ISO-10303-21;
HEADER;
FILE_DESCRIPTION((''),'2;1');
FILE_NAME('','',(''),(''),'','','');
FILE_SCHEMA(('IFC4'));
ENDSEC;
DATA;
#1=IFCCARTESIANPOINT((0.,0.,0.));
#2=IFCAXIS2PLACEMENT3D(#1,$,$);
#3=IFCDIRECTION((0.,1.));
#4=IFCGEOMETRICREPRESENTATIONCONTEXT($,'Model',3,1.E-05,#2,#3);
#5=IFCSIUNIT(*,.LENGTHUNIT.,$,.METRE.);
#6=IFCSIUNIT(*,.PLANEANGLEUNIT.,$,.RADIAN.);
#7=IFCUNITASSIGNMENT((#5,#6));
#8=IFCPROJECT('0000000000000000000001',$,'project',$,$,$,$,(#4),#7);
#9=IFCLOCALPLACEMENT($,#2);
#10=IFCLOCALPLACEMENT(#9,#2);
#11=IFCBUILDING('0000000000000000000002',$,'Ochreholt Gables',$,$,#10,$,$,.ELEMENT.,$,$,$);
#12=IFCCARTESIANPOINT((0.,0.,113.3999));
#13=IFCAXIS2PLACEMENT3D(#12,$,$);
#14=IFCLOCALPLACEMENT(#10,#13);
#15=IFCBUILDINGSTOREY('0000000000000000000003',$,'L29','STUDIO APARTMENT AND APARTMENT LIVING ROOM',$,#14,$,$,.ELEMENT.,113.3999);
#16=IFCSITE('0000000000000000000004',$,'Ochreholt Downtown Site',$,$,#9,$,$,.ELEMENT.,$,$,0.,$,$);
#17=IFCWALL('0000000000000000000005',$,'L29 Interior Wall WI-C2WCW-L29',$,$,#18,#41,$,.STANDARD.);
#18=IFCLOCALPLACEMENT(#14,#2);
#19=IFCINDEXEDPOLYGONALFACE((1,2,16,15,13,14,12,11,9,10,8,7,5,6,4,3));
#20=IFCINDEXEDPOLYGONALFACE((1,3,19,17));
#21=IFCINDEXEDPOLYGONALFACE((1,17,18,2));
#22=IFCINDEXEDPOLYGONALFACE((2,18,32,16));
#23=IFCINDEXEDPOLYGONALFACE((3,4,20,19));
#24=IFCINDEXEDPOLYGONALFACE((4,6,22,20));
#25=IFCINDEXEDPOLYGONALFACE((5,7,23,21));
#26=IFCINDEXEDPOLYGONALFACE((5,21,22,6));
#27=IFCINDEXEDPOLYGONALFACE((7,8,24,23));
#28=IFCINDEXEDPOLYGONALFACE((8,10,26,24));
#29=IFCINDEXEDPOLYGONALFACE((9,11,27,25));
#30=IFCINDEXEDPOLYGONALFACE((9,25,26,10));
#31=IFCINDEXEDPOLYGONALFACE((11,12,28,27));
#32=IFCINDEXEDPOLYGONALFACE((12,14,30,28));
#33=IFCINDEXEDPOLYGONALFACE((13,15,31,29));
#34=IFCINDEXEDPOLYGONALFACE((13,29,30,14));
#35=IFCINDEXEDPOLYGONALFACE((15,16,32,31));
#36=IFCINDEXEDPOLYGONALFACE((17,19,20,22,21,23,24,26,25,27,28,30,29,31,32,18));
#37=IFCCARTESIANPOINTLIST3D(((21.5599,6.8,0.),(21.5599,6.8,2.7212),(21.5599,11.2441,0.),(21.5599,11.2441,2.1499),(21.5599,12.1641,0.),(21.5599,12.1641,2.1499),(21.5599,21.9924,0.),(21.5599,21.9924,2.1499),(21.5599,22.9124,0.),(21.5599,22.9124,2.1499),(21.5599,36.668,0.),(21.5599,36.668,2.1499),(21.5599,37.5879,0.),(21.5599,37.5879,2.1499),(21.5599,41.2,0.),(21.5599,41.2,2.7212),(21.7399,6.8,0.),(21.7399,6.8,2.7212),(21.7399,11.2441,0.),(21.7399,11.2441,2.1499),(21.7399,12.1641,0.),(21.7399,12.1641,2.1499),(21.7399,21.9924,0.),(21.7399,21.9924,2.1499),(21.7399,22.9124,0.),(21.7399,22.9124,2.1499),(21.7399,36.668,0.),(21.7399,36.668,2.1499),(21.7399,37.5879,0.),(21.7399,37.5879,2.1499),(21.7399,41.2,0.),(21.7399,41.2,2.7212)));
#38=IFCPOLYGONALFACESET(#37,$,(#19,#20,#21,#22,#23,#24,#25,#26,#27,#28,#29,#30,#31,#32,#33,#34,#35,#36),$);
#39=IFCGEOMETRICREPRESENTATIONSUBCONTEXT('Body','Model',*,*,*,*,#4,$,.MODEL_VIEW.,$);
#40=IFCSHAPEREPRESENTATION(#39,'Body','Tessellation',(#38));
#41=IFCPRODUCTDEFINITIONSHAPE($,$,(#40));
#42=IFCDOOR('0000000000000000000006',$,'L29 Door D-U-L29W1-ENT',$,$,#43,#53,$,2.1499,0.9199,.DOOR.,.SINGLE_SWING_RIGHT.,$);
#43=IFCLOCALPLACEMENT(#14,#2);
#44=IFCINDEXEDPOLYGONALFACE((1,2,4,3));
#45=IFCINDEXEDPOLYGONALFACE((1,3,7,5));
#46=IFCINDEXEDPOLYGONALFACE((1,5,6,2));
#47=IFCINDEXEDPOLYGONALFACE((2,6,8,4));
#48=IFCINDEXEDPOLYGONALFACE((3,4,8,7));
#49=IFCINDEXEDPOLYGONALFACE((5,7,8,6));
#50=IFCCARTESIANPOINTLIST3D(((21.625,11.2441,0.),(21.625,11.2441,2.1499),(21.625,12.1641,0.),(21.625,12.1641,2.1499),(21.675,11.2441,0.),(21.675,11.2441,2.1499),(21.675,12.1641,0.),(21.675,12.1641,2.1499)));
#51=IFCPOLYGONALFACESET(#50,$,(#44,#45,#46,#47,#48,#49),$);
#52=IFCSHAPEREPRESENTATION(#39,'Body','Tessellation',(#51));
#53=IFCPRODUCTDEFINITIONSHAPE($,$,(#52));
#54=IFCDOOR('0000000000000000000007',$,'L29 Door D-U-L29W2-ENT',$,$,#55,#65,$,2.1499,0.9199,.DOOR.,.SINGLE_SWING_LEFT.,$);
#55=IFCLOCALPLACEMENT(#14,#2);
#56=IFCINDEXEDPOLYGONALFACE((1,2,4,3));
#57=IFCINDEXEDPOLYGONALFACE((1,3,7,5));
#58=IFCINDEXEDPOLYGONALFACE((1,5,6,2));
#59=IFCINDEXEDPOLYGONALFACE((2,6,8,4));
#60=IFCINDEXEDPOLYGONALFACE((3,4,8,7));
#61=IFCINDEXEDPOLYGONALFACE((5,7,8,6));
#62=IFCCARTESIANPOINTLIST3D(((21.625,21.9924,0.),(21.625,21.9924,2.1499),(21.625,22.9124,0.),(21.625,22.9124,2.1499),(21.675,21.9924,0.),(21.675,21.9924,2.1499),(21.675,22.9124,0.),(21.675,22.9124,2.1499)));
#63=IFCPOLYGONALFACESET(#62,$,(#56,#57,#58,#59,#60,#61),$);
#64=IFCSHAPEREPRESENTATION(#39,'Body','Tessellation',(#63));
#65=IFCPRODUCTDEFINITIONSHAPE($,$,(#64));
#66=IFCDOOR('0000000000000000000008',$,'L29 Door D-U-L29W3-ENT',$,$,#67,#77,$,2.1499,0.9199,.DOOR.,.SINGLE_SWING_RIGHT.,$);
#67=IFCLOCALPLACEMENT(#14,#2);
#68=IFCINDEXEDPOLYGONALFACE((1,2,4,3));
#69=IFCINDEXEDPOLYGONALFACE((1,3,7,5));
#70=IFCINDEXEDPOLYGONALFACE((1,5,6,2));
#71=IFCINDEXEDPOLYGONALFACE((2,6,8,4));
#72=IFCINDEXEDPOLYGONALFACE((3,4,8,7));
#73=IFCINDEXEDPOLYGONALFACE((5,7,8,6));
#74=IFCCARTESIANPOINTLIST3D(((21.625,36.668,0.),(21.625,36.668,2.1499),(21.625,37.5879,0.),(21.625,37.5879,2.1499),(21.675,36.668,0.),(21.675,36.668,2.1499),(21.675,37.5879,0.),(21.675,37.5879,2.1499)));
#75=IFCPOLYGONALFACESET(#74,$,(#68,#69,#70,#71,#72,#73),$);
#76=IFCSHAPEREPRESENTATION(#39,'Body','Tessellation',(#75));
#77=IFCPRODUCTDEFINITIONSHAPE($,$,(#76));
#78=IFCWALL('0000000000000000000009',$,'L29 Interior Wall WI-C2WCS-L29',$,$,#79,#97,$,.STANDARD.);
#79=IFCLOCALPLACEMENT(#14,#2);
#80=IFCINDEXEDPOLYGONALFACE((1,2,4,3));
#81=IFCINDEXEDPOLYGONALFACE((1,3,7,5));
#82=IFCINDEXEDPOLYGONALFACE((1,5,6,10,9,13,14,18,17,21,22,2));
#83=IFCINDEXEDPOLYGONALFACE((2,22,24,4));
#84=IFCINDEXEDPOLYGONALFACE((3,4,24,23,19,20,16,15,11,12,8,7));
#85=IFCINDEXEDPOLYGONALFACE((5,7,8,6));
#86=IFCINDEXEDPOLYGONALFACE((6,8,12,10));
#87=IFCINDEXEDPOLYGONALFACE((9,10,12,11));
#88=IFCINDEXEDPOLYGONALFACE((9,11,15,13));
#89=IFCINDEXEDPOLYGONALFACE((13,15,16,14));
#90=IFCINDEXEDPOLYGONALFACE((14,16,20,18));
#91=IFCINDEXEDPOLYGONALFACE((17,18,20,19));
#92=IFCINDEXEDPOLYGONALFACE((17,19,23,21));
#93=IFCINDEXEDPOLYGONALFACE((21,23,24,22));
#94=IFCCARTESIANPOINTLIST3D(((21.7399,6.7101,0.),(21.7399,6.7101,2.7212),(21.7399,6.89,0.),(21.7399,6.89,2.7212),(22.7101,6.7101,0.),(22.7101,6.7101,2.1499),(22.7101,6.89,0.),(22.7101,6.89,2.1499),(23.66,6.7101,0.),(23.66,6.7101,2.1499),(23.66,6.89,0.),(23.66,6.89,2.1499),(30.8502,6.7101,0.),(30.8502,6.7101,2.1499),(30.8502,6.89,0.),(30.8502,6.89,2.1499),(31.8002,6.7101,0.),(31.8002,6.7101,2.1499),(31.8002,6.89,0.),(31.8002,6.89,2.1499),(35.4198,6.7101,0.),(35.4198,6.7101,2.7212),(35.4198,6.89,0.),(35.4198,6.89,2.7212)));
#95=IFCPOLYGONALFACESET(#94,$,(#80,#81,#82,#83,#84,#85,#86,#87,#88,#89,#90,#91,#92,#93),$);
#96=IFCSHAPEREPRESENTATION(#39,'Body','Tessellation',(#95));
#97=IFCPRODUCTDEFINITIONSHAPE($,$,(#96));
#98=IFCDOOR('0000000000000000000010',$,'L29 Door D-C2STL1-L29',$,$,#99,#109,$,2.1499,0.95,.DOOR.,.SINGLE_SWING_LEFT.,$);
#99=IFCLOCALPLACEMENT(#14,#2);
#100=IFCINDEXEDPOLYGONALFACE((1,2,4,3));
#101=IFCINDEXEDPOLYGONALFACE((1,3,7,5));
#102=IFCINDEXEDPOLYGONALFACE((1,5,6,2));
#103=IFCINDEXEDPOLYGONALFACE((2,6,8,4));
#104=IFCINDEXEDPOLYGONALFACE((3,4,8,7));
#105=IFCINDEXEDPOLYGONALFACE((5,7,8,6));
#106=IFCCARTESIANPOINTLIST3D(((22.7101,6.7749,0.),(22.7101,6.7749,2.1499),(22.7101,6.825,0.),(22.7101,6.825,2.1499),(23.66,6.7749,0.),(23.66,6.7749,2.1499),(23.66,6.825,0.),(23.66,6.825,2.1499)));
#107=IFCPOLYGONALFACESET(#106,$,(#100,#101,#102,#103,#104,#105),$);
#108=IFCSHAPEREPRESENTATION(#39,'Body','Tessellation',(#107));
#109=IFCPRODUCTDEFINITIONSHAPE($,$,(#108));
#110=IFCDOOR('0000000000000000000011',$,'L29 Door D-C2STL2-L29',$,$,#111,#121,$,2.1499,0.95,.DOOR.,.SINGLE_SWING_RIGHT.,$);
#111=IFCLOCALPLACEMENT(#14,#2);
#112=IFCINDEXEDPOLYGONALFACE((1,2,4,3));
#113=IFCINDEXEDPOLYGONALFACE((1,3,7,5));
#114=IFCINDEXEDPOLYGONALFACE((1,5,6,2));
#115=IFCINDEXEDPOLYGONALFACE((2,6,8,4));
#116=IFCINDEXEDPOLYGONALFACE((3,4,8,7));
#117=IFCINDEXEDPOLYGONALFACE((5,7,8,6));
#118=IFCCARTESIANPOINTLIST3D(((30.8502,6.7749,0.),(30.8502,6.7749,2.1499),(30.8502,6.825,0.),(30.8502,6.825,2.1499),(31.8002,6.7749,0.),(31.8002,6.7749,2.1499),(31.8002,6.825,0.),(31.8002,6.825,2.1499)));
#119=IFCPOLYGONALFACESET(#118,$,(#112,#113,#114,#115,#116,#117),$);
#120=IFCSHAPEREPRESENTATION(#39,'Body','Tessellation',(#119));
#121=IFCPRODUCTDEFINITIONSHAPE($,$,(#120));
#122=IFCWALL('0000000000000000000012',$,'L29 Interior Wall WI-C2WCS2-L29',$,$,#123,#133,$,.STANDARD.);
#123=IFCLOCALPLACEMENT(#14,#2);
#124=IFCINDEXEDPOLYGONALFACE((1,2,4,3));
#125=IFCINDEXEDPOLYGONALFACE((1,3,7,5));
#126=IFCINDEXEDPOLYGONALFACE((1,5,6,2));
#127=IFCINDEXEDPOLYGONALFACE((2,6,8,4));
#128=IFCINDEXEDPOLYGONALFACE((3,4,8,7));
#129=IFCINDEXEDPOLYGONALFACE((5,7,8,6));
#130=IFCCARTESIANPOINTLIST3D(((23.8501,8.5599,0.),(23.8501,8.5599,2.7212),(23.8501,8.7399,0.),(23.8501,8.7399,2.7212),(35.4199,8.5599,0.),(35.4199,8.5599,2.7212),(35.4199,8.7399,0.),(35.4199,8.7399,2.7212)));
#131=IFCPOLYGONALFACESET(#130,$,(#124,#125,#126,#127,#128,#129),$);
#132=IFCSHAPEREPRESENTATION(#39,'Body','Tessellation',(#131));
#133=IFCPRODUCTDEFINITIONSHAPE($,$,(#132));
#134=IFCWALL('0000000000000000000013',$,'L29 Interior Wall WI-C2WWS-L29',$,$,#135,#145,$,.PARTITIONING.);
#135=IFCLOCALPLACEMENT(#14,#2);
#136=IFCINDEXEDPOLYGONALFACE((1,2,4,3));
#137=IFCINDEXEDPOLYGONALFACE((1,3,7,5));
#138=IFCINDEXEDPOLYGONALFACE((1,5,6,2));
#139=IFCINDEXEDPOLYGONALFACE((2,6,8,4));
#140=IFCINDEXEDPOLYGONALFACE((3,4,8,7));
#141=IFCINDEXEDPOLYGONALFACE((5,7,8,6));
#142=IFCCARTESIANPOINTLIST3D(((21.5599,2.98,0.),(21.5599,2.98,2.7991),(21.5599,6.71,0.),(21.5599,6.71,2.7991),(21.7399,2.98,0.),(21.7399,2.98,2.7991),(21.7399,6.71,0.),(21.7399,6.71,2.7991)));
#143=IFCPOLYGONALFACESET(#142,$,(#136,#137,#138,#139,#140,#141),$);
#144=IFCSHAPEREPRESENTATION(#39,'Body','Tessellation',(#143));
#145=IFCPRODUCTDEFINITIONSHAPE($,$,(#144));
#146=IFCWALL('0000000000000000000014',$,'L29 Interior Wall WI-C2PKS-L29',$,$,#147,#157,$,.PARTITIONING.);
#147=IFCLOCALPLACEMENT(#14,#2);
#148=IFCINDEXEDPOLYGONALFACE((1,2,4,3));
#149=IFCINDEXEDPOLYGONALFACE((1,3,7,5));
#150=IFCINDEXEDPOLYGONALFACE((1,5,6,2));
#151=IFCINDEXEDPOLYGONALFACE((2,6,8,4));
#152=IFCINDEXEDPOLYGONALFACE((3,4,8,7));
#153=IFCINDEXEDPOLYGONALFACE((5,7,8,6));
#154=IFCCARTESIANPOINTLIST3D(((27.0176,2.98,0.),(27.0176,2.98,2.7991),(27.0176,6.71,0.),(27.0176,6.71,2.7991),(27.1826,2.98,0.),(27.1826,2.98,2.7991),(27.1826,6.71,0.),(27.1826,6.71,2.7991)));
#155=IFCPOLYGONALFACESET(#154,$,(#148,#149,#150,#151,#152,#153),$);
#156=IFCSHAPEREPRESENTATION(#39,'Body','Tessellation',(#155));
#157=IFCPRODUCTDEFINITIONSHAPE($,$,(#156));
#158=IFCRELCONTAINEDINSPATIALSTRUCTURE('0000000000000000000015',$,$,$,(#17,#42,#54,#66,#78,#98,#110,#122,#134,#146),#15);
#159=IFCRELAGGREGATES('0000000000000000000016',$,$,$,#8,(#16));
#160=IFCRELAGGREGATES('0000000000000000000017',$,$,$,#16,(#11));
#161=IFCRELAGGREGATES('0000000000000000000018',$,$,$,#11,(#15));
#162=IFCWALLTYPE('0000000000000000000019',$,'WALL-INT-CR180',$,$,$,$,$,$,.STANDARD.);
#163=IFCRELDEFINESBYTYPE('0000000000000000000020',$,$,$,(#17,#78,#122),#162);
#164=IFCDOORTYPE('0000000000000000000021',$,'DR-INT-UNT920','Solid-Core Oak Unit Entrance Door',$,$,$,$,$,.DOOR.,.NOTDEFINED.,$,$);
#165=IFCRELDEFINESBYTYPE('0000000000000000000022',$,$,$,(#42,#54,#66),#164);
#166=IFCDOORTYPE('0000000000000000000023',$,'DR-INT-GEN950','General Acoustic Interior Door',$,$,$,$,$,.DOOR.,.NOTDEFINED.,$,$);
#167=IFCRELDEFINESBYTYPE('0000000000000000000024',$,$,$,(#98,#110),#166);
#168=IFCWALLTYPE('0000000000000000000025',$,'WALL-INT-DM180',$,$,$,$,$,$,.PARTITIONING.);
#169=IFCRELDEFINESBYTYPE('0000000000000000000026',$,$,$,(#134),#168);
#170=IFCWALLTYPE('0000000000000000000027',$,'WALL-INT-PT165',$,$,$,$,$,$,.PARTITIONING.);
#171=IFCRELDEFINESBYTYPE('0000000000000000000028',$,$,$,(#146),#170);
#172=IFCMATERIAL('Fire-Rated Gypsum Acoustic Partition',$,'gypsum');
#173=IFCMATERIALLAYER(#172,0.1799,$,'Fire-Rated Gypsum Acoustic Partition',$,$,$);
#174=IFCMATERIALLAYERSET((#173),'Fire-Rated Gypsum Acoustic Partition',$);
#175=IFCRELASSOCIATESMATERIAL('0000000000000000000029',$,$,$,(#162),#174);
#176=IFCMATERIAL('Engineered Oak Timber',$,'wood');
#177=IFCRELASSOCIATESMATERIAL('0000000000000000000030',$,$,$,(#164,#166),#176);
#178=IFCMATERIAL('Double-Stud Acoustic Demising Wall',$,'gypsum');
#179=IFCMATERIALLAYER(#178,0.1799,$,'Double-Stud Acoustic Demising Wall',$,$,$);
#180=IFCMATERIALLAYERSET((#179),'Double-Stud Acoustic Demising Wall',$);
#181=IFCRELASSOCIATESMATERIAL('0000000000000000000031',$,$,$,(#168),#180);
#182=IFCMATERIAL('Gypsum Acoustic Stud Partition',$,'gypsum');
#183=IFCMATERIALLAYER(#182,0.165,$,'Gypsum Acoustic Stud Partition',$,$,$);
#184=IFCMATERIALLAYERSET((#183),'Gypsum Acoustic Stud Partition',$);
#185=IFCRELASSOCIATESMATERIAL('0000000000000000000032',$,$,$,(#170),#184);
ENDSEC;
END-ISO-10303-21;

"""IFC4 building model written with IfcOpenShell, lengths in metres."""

from ifc_helpers import new_model, si_unit, direction, frame, frame_2d, origin, place, context, subcontext, project, spatial, rectangle, extrude, material, layer, layer_set, type_object, element, fill, save


model = new_model("IFC4")

# Units and contexts
model_context = context("Model", 3, precision=1e-05, world=origin(), true_north=direction((0.0, 1.0)))
body_context = subcontext(model_context, "Body", "Model", "MODEL_VIEW")
ifc_project = project(units=[si_unit("LENGTHUNIT", "METRE"), si_unit("PLANEANGLEUNIT", "RADIAN")], contexts=[model_context])

# Site, building, storey
site_placement = place(None, origin())
site = spatial("IfcSite", under=ifc_project, at=site_placement, Name="Ochreholt Downtown Site", CompositionType="ELEMENT", RefElevation=0.0)
building_placement = place(site_placement, origin())
building = spatial("IfcBuilding", under=site, at=building_placement, Name="Ochreholt Gables", CompositionType="ELEMENT")
storey_placement = place(building_placement, frame((0.0, 0.0, 113.3999)))
storey = spatial("IfcBuildingStorey", under=building, at=storey_placement, Name="L29", Description="STUDIO APARTMENT AND APARTMENT LIVING ROOM", CompositionType="ELEMENT", Elevation=113.3999)

# Walls, openings, doors
ifc_material_1 = material(Name="Fire-Rated Gypsum Acoustic Partition", Category="gypsum")
ifc_layer_1 = layer(ifc_material_1, 0.1799, Name="Fire-Rated Gypsum Acoustic Partition")
ifc_layer_set_1 = layer_set([ifc_layer_1], Name="Fire-Rated Gypsum Acoustic Partition")
wall_type_1 = type_object("IfcWallType", Name="WALL-INT-CR180", PredefinedType="STANDARD", material=ifc_layer_set_1)
wall_1_placement = place(storey_placement, frame((21.6499, 6.8, 0.0), z_axis=(0.0, 0.0, 1.0), x_axis=(0.0, 1.0, 0.0)))
wall_1 = element("IfcWall", 1, at=wall_1_placement, inside=storey, type_object=wall_type_1, Name="L29 Interior Wall WI-C2WCW-L29", PredefinedType="STANDARD", context=body_context, shape_type="SweptSolid", body=[
    extrude(rectangle(XDim=34.3999, YDim=0.1799, at=frame_2d((17.2, 0.0))), origin(), (0.0, 0.0, 1.0), 2.7212),
])
opening_1_placement = place(wall_1_placement, frame((4.4441, 0.0, 0.0)))
opening_1 = element("IfcOpeningElement", 2, at=opening_1_placement, cuts=wall_1, PredefinedType="OPENING", context=body_context, shape_type="SweptSolid", body=[
    extrude(rectangle(XDim=0.9199, YDim=2.1499, at=frame_2d((0.46, 1.075))), frame((0.0, 0.0999, 0.0), z_axis=(0.0, -1.0, 0.0), x_axis=(1.0, 0.0, 0.0)), (0.0, 0.0, 1.0), 0.2),
])
opening_2_placement = place(wall_1_placement, frame((15.1924, 0.0, 0.0)))
opening_2 = element("IfcOpeningElement", 3, at=opening_2_placement, cuts=wall_1, PredefinedType="OPENING", context=body_context, shape_type="SweptSolid", body=[
    extrude(rectangle(XDim=0.9199, YDim=2.1499, at=frame_2d((0.46, 1.075))), frame((0.0, 0.0999, 0.0), z_axis=(0.0, -1.0, 0.0), x_axis=(1.0, 0.0, 0.0)), (0.0, 0.0, 1.0), 0.2),
])
opening_3_placement = place(wall_1_placement, frame((29.8679, 0.0, 0.0)))
opening_3 = element("IfcOpeningElement", 4, at=opening_3_placement, cuts=wall_1, PredefinedType="OPENING", context=body_context, shape_type="SweptSolid", body=[
    extrude(rectangle(XDim=0.9199, YDim=2.1499, at=frame_2d((0.46, 1.075))), frame((0.0, 0.0999, 0.0), z_axis=(0.0, -1.0, 0.0), x_axis=(1.0, 0.0, 0.0)), (0.0, 0.0, 1.0), 0.2),
])
ifc_material_2 = material(Name="Engineered Oak Timber", Category="wood")
door_type_1 = type_object("IfcDoorType", Name="DR-INT-UNT920", Description="Solid-Core Oak Unit Entrance Door", OperationType="NOTDEFINED", PredefinedType="DOOR", material=ifc_material_2)
door_1_placement = place(opening_1_placement, origin())
door_1 = element("IfcDoor", 5, at=door_1_placement, inside=storey, type_object=door_type_1, Name="L29 Door D-U-L29W1-ENT", OperationType="SINGLE_SWING_RIGHT", OverallHeight=2.1499, OverallWidth=0.9199, PredefinedType="DOOR", context=body_context, shape_type="SweptSolid", body=[
    extrude(rectangle(XDim=0.9199, YDim=2.1499, at=frame_2d((0.46, 1.075))), frame((0.0, 0.0249, 0.0), z_axis=(0.0, -1.0, 0.0), x_axis=(1.0, 0.0, 0.0)), (0.0, 0.0, 1.0), 0.05),
])
fill(opening_1, door_1)
door_2_placement = place(opening_2_placement, origin())
door_2 = element("IfcDoor", 6, at=door_2_placement, inside=storey, type_object=door_type_1, Name="L29 Door D-U-L29W2-ENT", OperationType="SINGLE_SWING_LEFT", OverallHeight=2.1499, OverallWidth=0.9199, PredefinedType="DOOR", context=body_context, shape_type="SweptSolid", body=[
    extrude(rectangle(XDim=0.9199, YDim=2.1499, at=frame_2d((0.46, 1.075))), frame((0.0, 0.0249, 0.0), z_axis=(0.0, -1.0, 0.0), x_axis=(1.0, 0.0, 0.0)), (0.0, 0.0, 1.0), 0.05),
])
fill(opening_2, door_2)
door_3_placement = place(opening_3_placement, origin())
door_3 = element("IfcDoor", 7, at=door_3_placement, inside=storey, type_object=door_type_1, Name="L29 Door D-U-L29W3-ENT", OperationType="SINGLE_SWING_RIGHT", OverallHeight=2.1499, OverallWidth=0.9199, PredefinedType="DOOR", context=body_context, shape_type="SweptSolid", body=[
    extrude(rectangle(XDim=0.9199, YDim=2.1499, at=frame_2d((0.46, 1.075))), frame((0.0, 0.0249, 0.0), z_axis=(0.0, -1.0, 0.0), x_axis=(1.0, 0.0, 0.0)), (0.0, 0.0, 1.0), 0.05),
])
fill(opening_3, door_3)
wall_2_placement = place(storey_placement, frame((21.74, 6.8, 0.0), z_axis=(0.0, 0.0, 1.0), x_axis=(1.0, 0.0, 0.0)))
wall_2 = element("IfcWall", 8, at=wall_2_placement, inside=storey, type_object=wall_type_1, Name="L29 Interior Wall WI-C2WCS-L29", PredefinedType="STANDARD", context=body_context, shape_type="SweptSolid", body=[
    extrude(rectangle(XDim=13.6799, YDim=0.1799, at=frame_2d((6.8398, 0.0))), origin(), (0.0, 0.0, 1.0), 2.7212),
])
opening_4_placement = place(wall_2_placement, frame((0.97, 0.0, 0.0)))
opening_4 = element("IfcOpeningElement", 9, at=opening_4_placement, cuts=wall_2, PredefinedType="OPENING", context=body_context, shape_type="SweptSolid", body=[
    extrude(rectangle(XDim=0.95, YDim=2.1499, at=frame_2d((0.4751, 1.075))), frame((0.0, 0.0999, 0.0), z_axis=(0.0, -1.0, 0.0), x_axis=(1.0, 0.0, 0.0)), (0.0, 0.0, 1.0), 0.2),
])
opening_5_placement = place(wall_2_placement, frame((9.1101, 0.0, 0.0)))
opening_5 = element("IfcOpeningElement", 10, at=opening_5_placement, cuts=wall_2, PredefinedType="OPENING", context=body_context, shape_type="SweptSolid", body=[
    extrude(rectangle(XDim=0.95, YDim=2.1499, at=frame_2d((0.4751, 1.075))), frame((0.0, 0.0999, 0.0), z_axis=(0.0, -1.0, 0.0), x_axis=(1.0, 0.0, 0.0)), (0.0, 0.0, 1.0), 0.2),
])
door_type_2 = type_object("IfcDoorType", Name="DR-INT-GEN950", Description="General Acoustic Interior Door", OperationType="NOTDEFINED", PredefinedType="DOOR", material=ifc_material_2)
door_4_placement = place(opening_4_placement, origin())
door_4 = element("IfcDoor", 11, at=door_4_placement, inside=storey, type_object=door_type_2, Name="L29 Door D-C2STL1-L29", OperationType="SINGLE_SWING_LEFT", OverallHeight=2.1499, OverallWidth=0.95, PredefinedType="DOOR", context=body_context, shape_type="SweptSolid", body=[
    extrude(rectangle(XDim=0.95, YDim=2.1499, at=frame_2d((0.4751, 1.075))), frame((0.0, 0.0249, 0.0), z_axis=(0.0, -1.0, 0.0), x_axis=(1.0, 0.0, 0.0)), (0.0, 0.0, 1.0), 0.05),
])
fill(opening_4, door_4)
door_5_placement = place(opening_5_placement, origin())
door_5 = element("IfcDoor", 12, at=door_5_placement, inside=storey, type_object=door_type_2, Name="L29 Door D-C2STL2-L29", OperationType="SINGLE_SWING_RIGHT", OverallHeight=2.1499, OverallWidth=0.95, PredefinedType="DOOR", context=body_context, shape_type="SweptSolid", body=[
    extrude(rectangle(XDim=0.95, YDim=2.1499, at=frame_2d((0.4751, 1.075))), frame((0.0, 0.0249, 0.0), z_axis=(0.0, -1.0, 0.0), x_axis=(1.0, 0.0, 0.0)), (0.0, 0.0, 1.0), 0.05),
])
fill(opening_5, door_5)

# Walls
wall_3_placement = place(storey_placement, frame((23.8501, 8.6499, 0.0), z_axis=(0.0, 0.0, 1.0), x_axis=(1.0, 0.0, 0.0)))
element("IfcWall", 13, at=wall_3_placement, inside=storey, type_object=wall_type_1, Name="L29 Interior Wall WI-C2WCS2-L29", PredefinedType="STANDARD", context=body_context, shape_type="SweptSolid", body=[
    extrude(rectangle(XDim=11.5698, YDim=0.1799, at=frame_2d((5.7849, 0.0))), origin(), (0.0, 0.0, 1.0), 2.7212),
])
ifc_material_3 = material(Name="Double-Stud Acoustic Demising Wall", Category="gypsum")
ifc_layer_2 = layer(ifc_material_3, 0.1799, Name="Double-Stud Acoustic Demising Wall")
ifc_layer_set_2 = layer_set([ifc_layer_2], Name="Double-Stud Acoustic Demising Wall")
wall_type_2 = type_object("IfcWallType", Name="WALL-INT-DM180", PredefinedType="PARTITIONING", material=ifc_layer_set_2)
wall_4_placement = place(storey_placement, frame((21.6499, 2.98, 0.0), z_axis=(0.0, 0.0, 1.0), x_axis=(0.0, 1.0, 0.0)))
element("IfcWall", 14, at=wall_4_placement, inside=storey, type_object=wall_type_2, Name="L29 Interior Wall WI-C2WWS-L29", PredefinedType="PARTITIONING", context=body_context, shape_type="SweptSolid", body=[
    extrude(rectangle(XDim=3.73, YDim=0.1799, at=frame_2d((1.865, 0.0))), origin(), (0.0, 0.0, 1.0), 2.7991),
])
ifc_material_4 = material(Name="Gypsum Acoustic Stud Partition", Category="gypsum")
ifc_layer_3 = layer(ifc_material_4, 0.165, Name="Gypsum Acoustic Stud Partition")
ifc_layer_set_3 = layer_set([ifc_layer_3], Name="Gypsum Acoustic Stud Partition")
wall_type_3 = type_object("IfcWallType", Name="WALL-INT-PT165", PredefinedType="PARTITIONING", material=ifc_layer_set_3)
wall_5_placement = place(storey_placement, frame((27.1001, 2.98, 0.0), z_axis=(0.0, 0.0, 1.0), x_axis=(0.0, 1.0, 0.0)))
element("IfcWall", 15, at=wall_5_placement, inside=storey, type_object=wall_type_3, Name="L29 Interior Wall WI-C2PKS-L29", PredefinedType="PARTITIONING", context=body_context, shape_type="SweptSolid", body=[
    extrude(rectangle(XDim=3.73, YDim=0.165, at=frame_2d((1.865, 0.0))), origin(), (0.0, 0.0, 1.0), 2.7991),
])

save(model, "model.ifc")
